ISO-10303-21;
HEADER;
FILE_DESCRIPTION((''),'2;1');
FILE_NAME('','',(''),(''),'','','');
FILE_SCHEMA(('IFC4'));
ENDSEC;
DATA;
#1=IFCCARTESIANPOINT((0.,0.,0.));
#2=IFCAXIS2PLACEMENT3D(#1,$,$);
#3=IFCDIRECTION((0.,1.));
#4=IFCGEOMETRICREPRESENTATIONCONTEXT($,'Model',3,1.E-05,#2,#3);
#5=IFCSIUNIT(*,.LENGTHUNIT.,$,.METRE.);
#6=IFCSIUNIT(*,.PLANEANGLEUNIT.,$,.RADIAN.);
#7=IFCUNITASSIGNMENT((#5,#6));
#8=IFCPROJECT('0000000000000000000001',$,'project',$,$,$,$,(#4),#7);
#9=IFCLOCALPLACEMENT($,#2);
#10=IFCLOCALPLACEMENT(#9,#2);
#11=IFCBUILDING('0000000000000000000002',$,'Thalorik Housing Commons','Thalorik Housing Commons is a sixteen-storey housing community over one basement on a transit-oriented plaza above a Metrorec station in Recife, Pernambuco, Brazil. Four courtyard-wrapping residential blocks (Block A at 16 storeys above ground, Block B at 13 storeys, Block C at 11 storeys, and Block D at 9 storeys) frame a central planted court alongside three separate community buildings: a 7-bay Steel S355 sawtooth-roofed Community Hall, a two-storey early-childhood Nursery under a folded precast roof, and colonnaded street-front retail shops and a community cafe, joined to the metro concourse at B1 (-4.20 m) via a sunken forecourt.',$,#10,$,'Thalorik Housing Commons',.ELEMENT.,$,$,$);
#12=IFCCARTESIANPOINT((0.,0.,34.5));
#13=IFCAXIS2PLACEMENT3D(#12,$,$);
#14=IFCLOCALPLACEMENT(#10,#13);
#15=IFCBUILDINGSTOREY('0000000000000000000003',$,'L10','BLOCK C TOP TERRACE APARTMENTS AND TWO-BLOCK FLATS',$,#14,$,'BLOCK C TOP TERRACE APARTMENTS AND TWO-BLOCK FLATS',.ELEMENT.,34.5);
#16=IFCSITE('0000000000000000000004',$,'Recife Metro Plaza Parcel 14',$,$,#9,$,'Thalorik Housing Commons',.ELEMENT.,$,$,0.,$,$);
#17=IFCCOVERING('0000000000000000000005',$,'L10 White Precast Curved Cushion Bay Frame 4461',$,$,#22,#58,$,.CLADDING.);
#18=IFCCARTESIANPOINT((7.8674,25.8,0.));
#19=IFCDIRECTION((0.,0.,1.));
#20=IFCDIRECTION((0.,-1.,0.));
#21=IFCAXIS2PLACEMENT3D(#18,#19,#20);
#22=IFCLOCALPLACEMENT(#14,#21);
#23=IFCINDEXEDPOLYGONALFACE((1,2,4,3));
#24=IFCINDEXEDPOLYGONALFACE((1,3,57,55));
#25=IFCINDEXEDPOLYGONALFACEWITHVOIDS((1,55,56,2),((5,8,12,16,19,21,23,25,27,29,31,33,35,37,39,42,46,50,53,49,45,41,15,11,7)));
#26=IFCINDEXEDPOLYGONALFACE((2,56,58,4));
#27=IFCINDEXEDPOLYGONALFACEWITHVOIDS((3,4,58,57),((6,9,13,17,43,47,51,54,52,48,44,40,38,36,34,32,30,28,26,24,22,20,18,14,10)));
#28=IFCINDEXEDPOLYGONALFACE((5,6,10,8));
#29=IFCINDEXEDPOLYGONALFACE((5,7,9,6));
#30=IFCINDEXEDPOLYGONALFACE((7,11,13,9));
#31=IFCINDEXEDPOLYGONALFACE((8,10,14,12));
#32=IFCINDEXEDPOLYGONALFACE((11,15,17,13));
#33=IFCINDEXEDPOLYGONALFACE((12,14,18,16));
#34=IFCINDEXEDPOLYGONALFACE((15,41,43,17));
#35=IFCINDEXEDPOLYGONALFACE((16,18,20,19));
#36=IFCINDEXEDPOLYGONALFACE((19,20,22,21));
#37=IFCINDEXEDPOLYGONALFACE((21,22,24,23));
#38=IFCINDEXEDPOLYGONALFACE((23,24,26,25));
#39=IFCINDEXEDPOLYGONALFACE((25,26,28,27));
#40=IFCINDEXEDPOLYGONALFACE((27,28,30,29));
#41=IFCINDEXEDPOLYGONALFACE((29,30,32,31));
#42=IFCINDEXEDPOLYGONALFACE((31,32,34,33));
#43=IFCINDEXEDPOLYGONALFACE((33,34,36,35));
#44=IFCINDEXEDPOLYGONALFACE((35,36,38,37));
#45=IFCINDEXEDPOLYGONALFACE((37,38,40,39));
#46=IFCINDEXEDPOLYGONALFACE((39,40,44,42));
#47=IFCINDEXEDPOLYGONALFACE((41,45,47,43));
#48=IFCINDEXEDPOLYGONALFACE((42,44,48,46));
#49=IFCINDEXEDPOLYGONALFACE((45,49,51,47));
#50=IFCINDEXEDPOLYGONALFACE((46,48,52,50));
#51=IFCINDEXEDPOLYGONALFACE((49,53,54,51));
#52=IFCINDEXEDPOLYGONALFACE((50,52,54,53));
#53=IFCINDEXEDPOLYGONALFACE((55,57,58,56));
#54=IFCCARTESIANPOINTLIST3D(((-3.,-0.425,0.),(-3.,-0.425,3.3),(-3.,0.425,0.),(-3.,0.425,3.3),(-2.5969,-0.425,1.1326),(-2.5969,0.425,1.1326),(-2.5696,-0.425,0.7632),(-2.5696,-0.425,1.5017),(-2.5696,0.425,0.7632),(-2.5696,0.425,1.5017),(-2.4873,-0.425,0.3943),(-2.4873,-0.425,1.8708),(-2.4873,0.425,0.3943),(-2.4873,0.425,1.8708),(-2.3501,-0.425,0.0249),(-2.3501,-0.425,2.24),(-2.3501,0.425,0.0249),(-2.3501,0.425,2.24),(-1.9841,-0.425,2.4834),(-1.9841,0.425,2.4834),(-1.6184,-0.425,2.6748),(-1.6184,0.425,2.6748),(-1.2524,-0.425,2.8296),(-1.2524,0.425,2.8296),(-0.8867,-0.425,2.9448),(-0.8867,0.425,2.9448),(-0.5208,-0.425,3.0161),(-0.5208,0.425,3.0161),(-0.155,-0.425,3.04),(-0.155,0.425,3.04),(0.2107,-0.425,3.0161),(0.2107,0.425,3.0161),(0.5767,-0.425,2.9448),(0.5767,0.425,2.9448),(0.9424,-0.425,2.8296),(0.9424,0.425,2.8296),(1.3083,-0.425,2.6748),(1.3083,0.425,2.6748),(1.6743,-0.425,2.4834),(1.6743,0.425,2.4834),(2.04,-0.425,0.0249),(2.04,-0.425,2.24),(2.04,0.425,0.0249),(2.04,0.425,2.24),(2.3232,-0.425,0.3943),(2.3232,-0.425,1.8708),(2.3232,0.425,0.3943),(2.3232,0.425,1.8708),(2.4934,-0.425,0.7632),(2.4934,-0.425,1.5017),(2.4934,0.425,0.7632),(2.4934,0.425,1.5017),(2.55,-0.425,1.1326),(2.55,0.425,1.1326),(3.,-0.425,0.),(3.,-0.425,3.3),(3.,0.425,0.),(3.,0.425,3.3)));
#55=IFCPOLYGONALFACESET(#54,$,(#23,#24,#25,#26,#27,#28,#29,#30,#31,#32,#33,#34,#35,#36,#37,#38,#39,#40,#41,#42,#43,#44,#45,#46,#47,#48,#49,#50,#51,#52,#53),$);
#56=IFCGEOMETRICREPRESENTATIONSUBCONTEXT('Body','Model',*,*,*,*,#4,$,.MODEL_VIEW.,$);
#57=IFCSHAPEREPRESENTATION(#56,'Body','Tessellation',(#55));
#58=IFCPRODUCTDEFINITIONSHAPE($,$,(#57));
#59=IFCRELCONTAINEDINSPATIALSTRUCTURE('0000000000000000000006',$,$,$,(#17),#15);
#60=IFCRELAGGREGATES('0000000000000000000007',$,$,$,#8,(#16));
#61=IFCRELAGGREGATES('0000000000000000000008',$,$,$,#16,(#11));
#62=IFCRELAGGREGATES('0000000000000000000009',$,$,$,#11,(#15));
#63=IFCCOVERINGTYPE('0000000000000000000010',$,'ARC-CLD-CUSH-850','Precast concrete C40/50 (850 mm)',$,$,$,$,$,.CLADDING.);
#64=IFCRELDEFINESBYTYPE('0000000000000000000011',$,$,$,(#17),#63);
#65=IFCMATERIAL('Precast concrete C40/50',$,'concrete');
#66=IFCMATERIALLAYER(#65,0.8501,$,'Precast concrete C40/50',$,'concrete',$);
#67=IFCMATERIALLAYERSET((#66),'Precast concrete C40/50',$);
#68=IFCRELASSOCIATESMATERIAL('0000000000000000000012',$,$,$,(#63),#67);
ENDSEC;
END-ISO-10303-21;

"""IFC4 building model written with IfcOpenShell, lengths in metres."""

from ifc_helpers import new_model, si_unit, direction, frame, origin, place, context, subcontext, project, spatial, polyline, outline, extrude, material, layer, layer_set, type_object, element, save


model = new_model("IFC4")

# Units and contexts
model_context = context("Model", 3, precision=1e-05, world=origin(), true_north=direction((0.0, 1.0)))
body_context = subcontext(model_context, "Body", "Model", "MODEL_VIEW")
ifc_project = project(units=[si_unit("LENGTHUNIT", "METRE"), si_unit("PLANEANGLEUNIT", "RADIAN")], contexts=[model_context])

# Site, building, storey
site_placement = place(None, origin())
site = spatial("IfcSite", under=ifc_project, at=site_placement, Name="Recife Metro Plaza Parcel 14", LongName="Thalorik Housing Commons", CompositionType="ELEMENT", RefElevation=0.0)
building_placement = place(site_placement, origin())
building = spatial("IfcBuilding", under=site, at=building_placement, Name="Thalorik Housing Commons", Description="Thalorik Housing Commons is a sixteen-storey housing community over one basement on a transit-oriented plaza above a Metrorec station in Recife, Pernambuco, Brazil. Four courtyard-wrapping residential blocks (Block A at 16 storeys above ground, Block B at 13 storeys, Block C at 11 storeys, and Block D at 9 storeys) frame a central planted court alongside three separate community buildings: a 7-bay Steel S355 sawtooth-roofed Community Hall, a two-storey early-childhood Nursery under a folded precast roof, and colonnaded street-front retail shops and a community cafe, joined to the metro concourse at B1 (-4.20 m) via a sunken forecourt.", LongName="Thalorik Housing Commons", CompositionType="ELEMENT")
storey_placement = place(building_placement, frame((0.0, 0.0, 34.5)))
storey = spatial("IfcBuildingStorey", under=building, at=storey_placement, Name="L10", Description="BLOCK C TOP TERRACE APARTMENTS AND TWO-BLOCK FLATS", LongName="BLOCK C TOP TERRACE APARTMENTS AND TWO-BLOCK FLATS", CompositionType="ELEMENT", Elevation=34.5)

# Shared definitions
ifc_material_1 = material(Name="Precast concrete C40/50", Category="concrete")

# Covering
ifc_layer_1 = layer(ifc_material_1, 0.8501, Name="Precast concrete C40/50", Category="concrete")
ifc_layer_set_1 = layer_set([ifc_layer_1], Name="Precast concrete C40/50")
covering_type_1 = type_object("IfcCoveringType", Name="ARC-CLD-CUSH-850", Description="Precast concrete C40/50 (850 mm)", PredefinedType="CLADDING", material=ifc_layer_set_1)
covering_1_placement = place(storey_placement, frame((7.8674, 25.8, 0.0), z_axis=(0.0, 0.0, 1.0), x_axis=(0.0, -1.0, 0.0)))
element("IfcCovering", 1, at=covering_1_placement, inside=storey, type_object=covering_type_1, Name="L10 White Precast Curved Cushion Bay Frame 4461", PredefinedType="CLADDING", context=body_context, shape_type="SweptSolid", body=[
    extrude(outline(polyline([(-3.0, 0.0), (3.0, 0.0), (3.0, 3.3), (-3.0, 3.3), (-3.0, 0.0)]), holes=[polyline([(2.04, 0.0249), (2.3232, 0.3943), (2.4934, 0.7632), (2.55, 1.1326), (2.4934, 1.5017), (2.3232, 1.8708), (2.04, 2.24), (1.6743, 2.4834), (1.3083, 2.6748), (0.9424, 2.8296), (0.5767, 2.9448), (0.2107, 3.0161), (-0.155, 3.04), (-0.5208, 3.0161), (-0.8867, 2.9448), (-1.2524, 2.8296), (-1.6184, 2.6748), (-1.9841, 2.4834), (-2.3501, 2.24), (-2.4873, 1.8708), (-2.5696, 1.5017), (-2.5969, 1.1326), (-2.5696, 0.7632), (-2.4873, 0.3943), (-2.3501, 0.0249), (2.04, 0.0249)])]), frame((0.0, 0.425, 0.0), z_axis=(0.0, -1.0, 0.0), x_axis=(1.0, 0.0, 0.0)), (0.0, 0.0, 1.0), 0.8501),
])

save(model, "model.ifc")
